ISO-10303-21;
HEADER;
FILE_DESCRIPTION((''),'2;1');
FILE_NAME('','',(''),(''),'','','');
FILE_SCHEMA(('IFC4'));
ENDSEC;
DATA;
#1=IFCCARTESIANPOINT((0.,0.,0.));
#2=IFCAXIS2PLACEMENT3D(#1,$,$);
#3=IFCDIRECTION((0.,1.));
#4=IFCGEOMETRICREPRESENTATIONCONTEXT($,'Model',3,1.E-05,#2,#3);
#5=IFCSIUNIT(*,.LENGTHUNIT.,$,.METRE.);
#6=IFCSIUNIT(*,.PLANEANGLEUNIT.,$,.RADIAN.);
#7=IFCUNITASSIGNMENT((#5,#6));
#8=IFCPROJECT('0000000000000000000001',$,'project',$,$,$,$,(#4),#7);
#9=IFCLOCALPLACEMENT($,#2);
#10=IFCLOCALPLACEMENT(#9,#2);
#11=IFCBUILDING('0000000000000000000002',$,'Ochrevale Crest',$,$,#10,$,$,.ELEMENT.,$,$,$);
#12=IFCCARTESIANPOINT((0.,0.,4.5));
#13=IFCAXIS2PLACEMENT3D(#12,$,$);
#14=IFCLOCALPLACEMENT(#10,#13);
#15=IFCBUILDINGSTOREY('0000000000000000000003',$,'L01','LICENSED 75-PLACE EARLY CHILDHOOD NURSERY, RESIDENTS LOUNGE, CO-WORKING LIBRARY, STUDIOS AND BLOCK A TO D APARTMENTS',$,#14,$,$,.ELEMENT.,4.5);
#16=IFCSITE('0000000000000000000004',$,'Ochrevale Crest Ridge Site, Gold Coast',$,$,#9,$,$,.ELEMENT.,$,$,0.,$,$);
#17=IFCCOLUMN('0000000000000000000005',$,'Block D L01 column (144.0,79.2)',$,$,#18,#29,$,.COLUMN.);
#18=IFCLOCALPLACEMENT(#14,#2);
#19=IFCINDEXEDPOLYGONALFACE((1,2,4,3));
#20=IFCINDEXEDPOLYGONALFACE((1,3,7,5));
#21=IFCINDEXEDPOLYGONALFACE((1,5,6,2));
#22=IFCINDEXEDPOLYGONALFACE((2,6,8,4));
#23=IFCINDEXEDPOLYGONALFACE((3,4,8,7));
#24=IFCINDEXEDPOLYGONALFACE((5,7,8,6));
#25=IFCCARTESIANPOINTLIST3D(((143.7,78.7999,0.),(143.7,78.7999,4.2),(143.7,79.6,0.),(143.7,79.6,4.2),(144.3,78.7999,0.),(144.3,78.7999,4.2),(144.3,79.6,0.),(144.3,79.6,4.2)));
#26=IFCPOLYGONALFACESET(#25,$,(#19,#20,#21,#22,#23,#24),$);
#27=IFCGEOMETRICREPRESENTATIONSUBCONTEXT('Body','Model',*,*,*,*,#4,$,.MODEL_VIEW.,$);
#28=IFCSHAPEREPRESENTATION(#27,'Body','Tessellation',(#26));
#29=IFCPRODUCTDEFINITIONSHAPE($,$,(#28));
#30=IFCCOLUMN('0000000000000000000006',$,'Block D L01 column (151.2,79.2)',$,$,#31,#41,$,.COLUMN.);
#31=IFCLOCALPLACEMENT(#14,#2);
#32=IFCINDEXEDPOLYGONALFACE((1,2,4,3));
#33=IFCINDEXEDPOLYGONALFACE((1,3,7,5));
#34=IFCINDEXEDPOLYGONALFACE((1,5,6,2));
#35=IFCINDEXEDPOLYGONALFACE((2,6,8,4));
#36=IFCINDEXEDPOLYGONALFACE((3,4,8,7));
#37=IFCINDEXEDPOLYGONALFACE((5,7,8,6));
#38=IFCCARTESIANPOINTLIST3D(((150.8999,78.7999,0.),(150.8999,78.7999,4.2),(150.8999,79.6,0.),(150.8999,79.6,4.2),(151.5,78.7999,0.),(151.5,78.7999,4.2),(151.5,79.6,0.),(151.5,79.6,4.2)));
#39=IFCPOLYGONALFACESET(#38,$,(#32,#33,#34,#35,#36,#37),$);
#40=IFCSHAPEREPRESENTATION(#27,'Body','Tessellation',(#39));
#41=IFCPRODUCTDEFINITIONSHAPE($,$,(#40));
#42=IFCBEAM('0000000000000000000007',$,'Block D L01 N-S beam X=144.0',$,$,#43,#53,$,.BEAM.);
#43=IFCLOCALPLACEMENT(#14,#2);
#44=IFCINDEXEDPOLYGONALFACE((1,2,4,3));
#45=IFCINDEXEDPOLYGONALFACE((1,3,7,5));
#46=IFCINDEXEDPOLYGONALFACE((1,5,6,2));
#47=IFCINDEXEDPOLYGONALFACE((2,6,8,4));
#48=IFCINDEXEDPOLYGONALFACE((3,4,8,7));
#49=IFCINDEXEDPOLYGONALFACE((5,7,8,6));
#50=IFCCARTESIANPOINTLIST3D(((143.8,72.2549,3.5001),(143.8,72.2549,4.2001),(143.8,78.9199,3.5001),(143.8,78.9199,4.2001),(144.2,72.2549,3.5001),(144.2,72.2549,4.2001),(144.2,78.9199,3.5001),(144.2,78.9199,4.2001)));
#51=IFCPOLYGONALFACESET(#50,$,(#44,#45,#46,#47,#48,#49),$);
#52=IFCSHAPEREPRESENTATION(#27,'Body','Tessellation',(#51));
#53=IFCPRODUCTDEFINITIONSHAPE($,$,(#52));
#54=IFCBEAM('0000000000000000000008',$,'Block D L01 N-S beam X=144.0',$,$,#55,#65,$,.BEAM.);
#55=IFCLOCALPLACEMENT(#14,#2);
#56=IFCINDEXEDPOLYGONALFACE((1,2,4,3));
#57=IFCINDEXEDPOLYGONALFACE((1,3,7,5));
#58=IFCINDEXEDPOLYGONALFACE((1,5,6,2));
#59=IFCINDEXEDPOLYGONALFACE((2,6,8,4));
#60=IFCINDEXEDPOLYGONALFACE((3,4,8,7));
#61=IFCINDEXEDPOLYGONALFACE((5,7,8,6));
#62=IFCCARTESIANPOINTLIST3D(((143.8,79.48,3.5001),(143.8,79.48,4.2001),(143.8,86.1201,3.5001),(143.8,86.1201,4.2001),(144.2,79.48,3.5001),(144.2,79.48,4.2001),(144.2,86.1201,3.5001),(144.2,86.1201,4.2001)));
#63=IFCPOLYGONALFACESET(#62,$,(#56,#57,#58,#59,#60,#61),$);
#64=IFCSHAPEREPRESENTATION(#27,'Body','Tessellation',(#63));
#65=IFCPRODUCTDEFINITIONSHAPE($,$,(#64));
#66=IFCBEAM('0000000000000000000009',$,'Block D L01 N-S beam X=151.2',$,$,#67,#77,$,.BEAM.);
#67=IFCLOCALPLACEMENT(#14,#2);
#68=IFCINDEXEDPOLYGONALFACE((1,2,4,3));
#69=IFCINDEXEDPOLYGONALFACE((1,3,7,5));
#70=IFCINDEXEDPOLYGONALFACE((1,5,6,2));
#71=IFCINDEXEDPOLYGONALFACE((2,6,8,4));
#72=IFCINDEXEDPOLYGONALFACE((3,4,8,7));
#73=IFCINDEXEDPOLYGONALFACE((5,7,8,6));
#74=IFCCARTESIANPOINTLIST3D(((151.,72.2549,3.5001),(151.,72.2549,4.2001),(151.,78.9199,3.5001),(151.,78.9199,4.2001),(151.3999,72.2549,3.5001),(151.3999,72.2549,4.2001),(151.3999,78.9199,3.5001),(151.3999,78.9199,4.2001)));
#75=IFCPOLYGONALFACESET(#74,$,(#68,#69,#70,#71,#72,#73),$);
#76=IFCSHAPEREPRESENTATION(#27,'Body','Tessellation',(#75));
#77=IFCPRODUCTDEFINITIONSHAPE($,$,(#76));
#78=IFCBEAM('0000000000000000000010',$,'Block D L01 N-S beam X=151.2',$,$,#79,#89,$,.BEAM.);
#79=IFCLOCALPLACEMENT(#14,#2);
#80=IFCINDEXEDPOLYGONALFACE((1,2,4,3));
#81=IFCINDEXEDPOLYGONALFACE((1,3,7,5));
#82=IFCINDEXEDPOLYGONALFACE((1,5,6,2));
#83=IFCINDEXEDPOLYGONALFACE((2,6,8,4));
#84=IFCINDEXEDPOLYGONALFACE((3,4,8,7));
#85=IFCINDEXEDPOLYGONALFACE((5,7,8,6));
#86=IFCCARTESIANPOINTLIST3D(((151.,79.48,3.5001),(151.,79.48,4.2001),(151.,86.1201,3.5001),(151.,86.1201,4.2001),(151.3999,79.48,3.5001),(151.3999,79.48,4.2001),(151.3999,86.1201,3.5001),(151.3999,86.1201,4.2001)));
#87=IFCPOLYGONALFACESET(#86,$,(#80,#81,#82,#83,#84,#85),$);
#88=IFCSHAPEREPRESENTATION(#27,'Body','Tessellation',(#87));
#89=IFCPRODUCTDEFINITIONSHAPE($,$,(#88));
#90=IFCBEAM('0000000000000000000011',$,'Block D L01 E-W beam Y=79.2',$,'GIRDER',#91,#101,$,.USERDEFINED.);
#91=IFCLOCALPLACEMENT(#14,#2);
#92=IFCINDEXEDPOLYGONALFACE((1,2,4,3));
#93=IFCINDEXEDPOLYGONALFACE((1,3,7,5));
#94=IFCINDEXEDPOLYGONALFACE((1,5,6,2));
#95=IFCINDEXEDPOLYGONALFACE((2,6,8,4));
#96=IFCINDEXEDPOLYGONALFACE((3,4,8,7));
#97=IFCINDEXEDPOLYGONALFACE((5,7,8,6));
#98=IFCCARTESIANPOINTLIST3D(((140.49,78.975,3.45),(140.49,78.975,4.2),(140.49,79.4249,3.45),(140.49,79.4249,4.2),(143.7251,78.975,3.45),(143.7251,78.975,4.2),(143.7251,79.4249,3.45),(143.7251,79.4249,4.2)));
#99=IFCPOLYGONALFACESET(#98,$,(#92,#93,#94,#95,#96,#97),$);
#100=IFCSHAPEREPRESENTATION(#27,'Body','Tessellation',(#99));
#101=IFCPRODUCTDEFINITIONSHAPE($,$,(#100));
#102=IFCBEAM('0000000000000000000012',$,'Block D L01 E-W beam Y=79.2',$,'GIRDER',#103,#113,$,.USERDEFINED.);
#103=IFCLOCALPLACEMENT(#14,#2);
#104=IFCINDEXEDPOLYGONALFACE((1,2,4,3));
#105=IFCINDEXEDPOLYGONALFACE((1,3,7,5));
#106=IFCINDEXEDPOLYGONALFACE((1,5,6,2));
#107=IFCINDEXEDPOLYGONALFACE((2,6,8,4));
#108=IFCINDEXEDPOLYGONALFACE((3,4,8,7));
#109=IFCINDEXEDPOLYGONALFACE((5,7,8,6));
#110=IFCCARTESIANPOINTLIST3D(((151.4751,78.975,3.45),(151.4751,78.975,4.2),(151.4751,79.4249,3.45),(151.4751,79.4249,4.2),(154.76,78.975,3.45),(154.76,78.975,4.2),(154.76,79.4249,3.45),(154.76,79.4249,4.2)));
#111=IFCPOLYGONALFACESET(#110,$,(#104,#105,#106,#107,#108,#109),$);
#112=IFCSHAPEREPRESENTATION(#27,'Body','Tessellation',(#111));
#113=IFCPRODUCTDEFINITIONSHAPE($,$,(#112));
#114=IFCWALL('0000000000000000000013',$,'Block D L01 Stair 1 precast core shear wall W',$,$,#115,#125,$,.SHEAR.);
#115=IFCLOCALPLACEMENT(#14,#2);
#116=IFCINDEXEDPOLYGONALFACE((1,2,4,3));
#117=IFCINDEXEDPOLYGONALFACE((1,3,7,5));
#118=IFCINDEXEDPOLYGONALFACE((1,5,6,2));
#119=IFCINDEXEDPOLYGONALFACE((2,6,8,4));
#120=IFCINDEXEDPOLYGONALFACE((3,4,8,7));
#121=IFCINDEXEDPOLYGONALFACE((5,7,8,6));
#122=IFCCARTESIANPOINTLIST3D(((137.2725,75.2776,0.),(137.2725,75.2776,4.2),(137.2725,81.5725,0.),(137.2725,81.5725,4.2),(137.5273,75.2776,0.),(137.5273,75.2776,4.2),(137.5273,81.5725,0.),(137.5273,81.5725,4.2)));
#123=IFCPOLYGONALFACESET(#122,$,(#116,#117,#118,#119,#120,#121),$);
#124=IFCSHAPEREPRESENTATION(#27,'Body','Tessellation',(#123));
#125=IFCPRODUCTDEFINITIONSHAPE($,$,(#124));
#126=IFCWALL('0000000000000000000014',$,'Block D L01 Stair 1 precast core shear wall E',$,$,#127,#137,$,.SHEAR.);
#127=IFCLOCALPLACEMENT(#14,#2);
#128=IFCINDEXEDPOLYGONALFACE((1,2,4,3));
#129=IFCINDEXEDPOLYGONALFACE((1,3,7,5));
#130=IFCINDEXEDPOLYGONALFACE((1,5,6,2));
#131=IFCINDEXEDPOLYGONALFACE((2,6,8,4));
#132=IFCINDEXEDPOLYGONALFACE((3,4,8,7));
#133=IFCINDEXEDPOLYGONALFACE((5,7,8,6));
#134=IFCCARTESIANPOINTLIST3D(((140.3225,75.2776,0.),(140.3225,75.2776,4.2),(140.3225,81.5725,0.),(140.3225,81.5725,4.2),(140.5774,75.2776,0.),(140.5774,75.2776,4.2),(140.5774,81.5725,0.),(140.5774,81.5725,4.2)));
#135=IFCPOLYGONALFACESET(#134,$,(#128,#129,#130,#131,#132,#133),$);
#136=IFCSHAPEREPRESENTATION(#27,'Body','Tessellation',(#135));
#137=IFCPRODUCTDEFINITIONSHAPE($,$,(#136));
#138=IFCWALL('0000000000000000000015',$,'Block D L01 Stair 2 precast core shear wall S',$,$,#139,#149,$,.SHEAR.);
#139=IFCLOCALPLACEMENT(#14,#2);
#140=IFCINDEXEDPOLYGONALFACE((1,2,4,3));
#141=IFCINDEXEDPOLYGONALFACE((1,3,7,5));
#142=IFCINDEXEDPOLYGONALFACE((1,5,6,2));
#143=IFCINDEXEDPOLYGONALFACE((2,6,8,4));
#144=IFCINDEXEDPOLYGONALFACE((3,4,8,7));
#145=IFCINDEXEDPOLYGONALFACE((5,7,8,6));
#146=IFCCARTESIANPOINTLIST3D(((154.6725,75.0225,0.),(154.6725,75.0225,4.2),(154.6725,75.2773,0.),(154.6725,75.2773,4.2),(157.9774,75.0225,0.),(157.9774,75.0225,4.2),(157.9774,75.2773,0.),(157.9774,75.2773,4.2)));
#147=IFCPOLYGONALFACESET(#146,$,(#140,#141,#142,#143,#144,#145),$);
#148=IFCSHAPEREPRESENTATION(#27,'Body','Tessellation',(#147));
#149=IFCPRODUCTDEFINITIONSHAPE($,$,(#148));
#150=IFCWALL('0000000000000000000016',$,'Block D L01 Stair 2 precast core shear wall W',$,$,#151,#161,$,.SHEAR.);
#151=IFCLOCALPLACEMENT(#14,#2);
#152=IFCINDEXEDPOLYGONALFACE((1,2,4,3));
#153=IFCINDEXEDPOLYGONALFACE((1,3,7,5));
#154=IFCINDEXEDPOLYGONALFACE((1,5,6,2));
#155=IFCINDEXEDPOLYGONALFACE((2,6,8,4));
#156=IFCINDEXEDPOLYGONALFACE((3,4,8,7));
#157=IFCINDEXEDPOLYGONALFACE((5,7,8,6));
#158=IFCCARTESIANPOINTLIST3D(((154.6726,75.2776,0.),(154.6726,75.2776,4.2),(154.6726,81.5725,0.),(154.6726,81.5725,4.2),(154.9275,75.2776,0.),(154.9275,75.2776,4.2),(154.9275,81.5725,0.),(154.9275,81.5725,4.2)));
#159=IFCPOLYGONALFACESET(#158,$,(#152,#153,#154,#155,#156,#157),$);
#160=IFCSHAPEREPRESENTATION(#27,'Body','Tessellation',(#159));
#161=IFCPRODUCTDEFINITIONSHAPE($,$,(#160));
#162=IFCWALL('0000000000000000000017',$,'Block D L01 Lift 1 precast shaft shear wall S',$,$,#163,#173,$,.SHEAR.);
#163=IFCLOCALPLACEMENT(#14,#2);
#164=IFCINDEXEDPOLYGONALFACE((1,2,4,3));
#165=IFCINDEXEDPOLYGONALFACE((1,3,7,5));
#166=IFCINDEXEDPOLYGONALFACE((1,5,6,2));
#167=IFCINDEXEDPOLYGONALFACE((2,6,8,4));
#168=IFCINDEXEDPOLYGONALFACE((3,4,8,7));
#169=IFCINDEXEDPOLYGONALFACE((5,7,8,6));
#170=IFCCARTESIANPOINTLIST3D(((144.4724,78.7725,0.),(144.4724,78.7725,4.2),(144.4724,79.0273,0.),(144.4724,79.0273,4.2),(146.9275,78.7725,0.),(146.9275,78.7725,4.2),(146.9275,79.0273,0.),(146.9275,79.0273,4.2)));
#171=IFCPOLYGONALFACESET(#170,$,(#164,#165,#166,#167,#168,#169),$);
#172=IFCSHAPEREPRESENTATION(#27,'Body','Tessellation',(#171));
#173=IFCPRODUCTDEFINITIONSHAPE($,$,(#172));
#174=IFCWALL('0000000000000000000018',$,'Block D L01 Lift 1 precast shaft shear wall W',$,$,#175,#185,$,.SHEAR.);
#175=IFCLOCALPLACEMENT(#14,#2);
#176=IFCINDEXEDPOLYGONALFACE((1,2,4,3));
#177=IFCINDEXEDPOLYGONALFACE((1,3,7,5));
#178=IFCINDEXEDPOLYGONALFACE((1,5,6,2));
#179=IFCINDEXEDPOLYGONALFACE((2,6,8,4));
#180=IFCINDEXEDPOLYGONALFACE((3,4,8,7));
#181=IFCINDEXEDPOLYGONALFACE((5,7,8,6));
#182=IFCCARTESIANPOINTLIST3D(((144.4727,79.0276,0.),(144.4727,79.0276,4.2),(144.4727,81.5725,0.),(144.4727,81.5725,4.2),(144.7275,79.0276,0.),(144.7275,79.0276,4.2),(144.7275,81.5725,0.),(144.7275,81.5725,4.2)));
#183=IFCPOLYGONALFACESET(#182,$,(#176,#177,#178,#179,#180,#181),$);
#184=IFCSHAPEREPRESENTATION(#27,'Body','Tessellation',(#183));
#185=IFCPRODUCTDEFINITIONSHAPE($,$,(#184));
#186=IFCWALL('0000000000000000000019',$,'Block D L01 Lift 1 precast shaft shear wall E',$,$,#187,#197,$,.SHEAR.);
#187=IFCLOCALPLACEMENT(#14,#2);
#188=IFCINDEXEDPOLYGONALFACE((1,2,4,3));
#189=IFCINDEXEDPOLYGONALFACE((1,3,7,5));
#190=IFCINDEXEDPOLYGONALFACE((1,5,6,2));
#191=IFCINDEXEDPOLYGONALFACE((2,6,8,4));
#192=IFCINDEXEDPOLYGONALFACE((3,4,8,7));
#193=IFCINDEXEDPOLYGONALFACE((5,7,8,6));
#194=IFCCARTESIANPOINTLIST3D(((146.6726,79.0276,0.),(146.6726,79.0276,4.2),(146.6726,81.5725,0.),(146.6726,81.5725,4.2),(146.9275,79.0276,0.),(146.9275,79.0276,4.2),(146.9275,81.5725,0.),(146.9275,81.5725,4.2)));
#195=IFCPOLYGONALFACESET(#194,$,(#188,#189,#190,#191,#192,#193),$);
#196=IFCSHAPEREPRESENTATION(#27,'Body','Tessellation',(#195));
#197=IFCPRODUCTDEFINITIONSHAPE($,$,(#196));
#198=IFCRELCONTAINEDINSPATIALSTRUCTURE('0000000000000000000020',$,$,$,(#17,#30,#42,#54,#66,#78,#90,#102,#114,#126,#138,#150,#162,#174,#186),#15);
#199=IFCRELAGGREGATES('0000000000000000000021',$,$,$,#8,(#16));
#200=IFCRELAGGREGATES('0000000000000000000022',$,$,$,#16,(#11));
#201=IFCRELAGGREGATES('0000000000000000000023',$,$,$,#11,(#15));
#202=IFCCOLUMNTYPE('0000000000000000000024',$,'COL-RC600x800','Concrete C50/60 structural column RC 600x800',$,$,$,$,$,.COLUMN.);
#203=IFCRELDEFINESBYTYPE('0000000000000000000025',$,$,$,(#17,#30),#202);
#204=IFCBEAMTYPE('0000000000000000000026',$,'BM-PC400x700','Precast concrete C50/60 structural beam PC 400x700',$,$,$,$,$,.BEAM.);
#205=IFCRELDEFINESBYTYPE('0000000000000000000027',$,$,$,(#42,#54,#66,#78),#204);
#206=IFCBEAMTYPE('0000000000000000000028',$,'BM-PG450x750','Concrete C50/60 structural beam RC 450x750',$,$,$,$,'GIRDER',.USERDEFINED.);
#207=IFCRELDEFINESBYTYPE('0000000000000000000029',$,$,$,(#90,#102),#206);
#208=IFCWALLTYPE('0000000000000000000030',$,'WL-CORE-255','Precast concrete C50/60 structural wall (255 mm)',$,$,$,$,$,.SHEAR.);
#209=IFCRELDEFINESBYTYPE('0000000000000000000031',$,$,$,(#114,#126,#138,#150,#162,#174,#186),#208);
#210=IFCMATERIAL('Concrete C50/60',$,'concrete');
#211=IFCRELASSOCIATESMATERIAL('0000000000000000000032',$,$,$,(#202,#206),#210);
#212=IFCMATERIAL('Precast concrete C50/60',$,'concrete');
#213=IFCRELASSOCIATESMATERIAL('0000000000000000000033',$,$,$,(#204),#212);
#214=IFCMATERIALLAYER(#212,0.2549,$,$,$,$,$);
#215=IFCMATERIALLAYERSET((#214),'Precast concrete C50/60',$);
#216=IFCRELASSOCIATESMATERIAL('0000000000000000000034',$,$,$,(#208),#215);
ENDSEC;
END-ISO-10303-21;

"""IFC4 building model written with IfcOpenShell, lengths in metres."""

from ifc_helpers import new_model, si_unit, direction, frame, frame_2d, origin, origin_2d, place, context, subcontext, project, spatial, rectangle, extrude, material, layer, layer_set, material_profile, profile_set, type_object, element, save


model = new_model("IFC4")

# Units and contexts
model_context = context("Model", 3, precision=1e-05, world=origin(), true_north=direction((0.0, 1.0)))
body_context = subcontext(model_context, "Body", "Model", "MODEL_VIEW")
ifc_project = project(units=[si_unit("LENGTHUNIT", "METRE"), si_unit("PLANEANGLEUNIT", "RADIAN")], contexts=[model_context])

# Site, building, storey
site_placement = place(None, origin())
site = spatial("IfcSite", under=ifc_project, at=site_placement, Name="Ochrevale Crest Ridge Site, Gold Coast", CompositionType="ELEMENT", RefElevation=0.0)
building_placement = place(site_placement, origin())
building = spatial("IfcBuilding", under=site, at=building_placement, Name="Ochrevale Crest", CompositionType="ELEMENT")
storey_placement = place(building_placement, frame((0.0, 0.0, 4.5)))
storey = spatial("IfcBuildingStorey", under=building, at=storey_placement, Name="L01", Description="LICENSED 75-PLACE EARLY CHILDHOOD NURSERY, RESIDENTS LOUNGE, CO-WORKING LIBRARY, STUDIOS AND BLOCK A TO D APARTMENTS", CompositionType="ELEMENT", Elevation=4.5)

# Columns
ifc_material_1 = material(Name="Concrete C50/60", Category="concrete")
ifc_material_profile_1 = material_profile(ifc_material_1, rectangle(XDim=0.6001, YDim=0.8, at=origin_2d()), Name="RC 600x800")
ifc_profile_set_1 = profile_set([ifc_material_profile_1], Name="Concrete C50/60")
column_type = type_object("IfcColumnType", Name="COL-RC600x800", Description="Concrete C50/60 structural column RC 600x800", PredefinedType="COLUMN", material=ifc_profile_set_1)
for number, where, z_axis, x_axis, name in (
    (1, (144.0, 79.2, 0.0), (0.0, 0.0, 1.0), (1.0, 0.0, 0.0), "Block D L01 column (144.0,79.2)"),
    (2, (151.2, 79.2, 0.0), (0.0, 0.0, 1.0), (1.0, 0.0, 0.0), "Block D L01 column (151.2,79.2)"),
):
    element("IfcColumn", number, at=place(storey_placement, frame(where, z_axis=z_axis, x_axis=x_axis)), inside=storey, type_object=column_type, Name=name, PredefinedType="COLUMN", context=body_context, shape_type="SweptSolid", body=[
        extrude(rectangle(XDim=0.6001, YDim=0.8, at=origin_2d()), origin(), (0.0, 0.0, 1.0), 4.2),
    ])

# Beams
ifc_material_2 = material(Name="Precast concrete C50/60", Category="concrete")
ifc_material_profile_2 = material_profile(ifc_material_2, rectangle(XDim=0.3999, YDim=0.7, at=origin_2d()), Name="PC 400x700")
ifc_profile_set_2 = profile_set([ifc_material_profile_2], Name="Precast concrete C50/60")
beam_type_1 = type_object("IfcBeamType", Name="BM-PC400x700", Description="Precast concrete C50/60 structural beam PC 400x700", PredefinedType="BEAM", material=ifc_profile_set_2)
beam_1_placement = place(storey_placement, frame((144.0, 72.2549, 3.8501), z_axis=(0.0, 1.0, 0.0), x_axis=(-1.0, 0.0, 0.0)))
element("IfcBeam", 3, at=beam_1_placement, inside=storey, type_object=beam_type_1, Name="Block D L01 N-S beam X=144.0", PredefinedType="BEAM", context=body_context, shape_type="SweptSolid", body=[
    extrude(rectangle(XDim=0.3999, YDim=0.7, at=origin_2d()), origin(), (0.0, 0.0, 1.0), 6.665),
])
beam_2_placement = place(storey_placement, frame((144.0, 79.48, 3.8501), z_axis=(0.0, 1.0, 0.0), x_axis=(-1.0, 0.0, 0.0)))
element("IfcBeam", 4, at=beam_2_placement, inside=storey, type_object=beam_type_1, Name="Block D L01 N-S beam X=144.0", PredefinedType="BEAM", context=body_context, shape_type="SweptSolid", body=[
    extrude(rectangle(XDim=0.3999, YDim=0.7, at=origin_2d()), origin(), (0.0, 0.0, 1.0), 6.6401),
])
beam_3_placement = place(storey_placement, frame((151.2, 72.2549, 3.8501), z_axis=(0.0, 1.0, 0.0), x_axis=(-1.0, 0.0, 0.0)))
element("IfcBeam", 5, at=beam_3_placement, inside=storey, type_object=beam_type_1, Name="Block D L01 N-S beam X=151.2", PredefinedType="BEAM", context=body_context, shape_type="SweptSolid", body=[
    extrude(rectangle(XDim=0.3999, YDim=0.7, at=origin_2d()), origin(), (0.0, 0.0, 1.0), 6.665),
])
beam_4_placement = place(storey_placement, frame((151.2, 79.48, 3.8501), z_axis=(0.0, 1.0, 0.0), x_axis=(-1.0, 0.0, 0.0)))
element("IfcBeam", 6, at=beam_4_placement, inside=storey, type_object=beam_type_1, Name="Block D L01 N-S beam X=151.2", PredefinedType="BEAM", context=body_context, shape_type="SweptSolid", body=[
    extrude(rectangle(XDim=0.3999, YDim=0.7, at=origin_2d()), origin(), (0.0, 0.0, 1.0), 6.6401),
])
ifc_material_profile_3 = material_profile(ifc_material_1, rectangle(XDim=0.45, YDim=0.75, at=origin_2d()), Name="RC 450x750")
ifc_profile_set_3 = profile_set([ifc_material_profile_3], Name="Concrete C50/60")
beam_type_2 = type_object("IfcBeamType", Name="BM-PG450x750", Description="Concrete C50/60 structural beam RC 450x750", ElementType="GIRDER", PredefinedType="USERDEFINED", material=ifc_profile_set_3)
beam_5_placement = place(storey_placement, frame((140.49, 79.2, 3.825), z_axis=(1.0, 0.0, 0.0), x_axis=(0.0, 1.0, 0.0)))
element("IfcBeam", 7, at=beam_5_placement, inside=storey, type_object=beam_type_2, Name="Block D L01 E-W beam Y=79.2", ObjectType="GIRDER", PredefinedType="USERDEFINED", context=body_context, shape_type="SweptSolid", body=[
    extrude(rectangle(XDim=0.45, YDim=0.75, at=origin_2d()), origin(), (0.0, 0.0, 1.0), 3.2351),
])
beam_6_placement = place(storey_placement, frame((151.4751, 79.2, 3.825), z_axis=(1.0, 0.0, 0.0), x_axis=(0.0, 1.0, 0.0)))
element("IfcBeam", 8, at=beam_6_placement, inside=storey, type_object=beam_type_2, Name="Block D L01 E-W beam Y=79.2", ObjectType="GIRDER", PredefinedType="USERDEFINED", context=body_context, shape_type="SweptSolid", body=[
    extrude(rectangle(XDim=0.45, YDim=0.75, at=origin_2d()), origin(), (0.0, 0.0, 1.0), 3.2849),
])

# Walls
ifc_layer_1 = layer(ifc_material_2, 0.2549)
ifc_layer_set_1 = layer_set([ifc_layer_1], Name="Precast concrete C50/60")
wall_type_1 = type_object("IfcWallType", Name="WL-CORE-255", Description="Precast concrete C50/60 structural wall (255 mm)", PredefinedType="SHEAR", material=ifc_layer_set_1)
for number, where, z_axis, x_axis, name in (
    (9, (137.3999, 75.2776, 0.0), (0.0, 0.0, 1.0), (0.0, 1.0, 0.0), "Block D L01 Stair 1 precast core shear wall W"),
    (10, (140.45, 75.2776, 0.0), (0.0, 0.0, 1.0), (0.0, 1.0, 0.0), "Block D L01 Stair 1 precast core shear wall E"),
):
    element("IfcWall", number, at=place(storey_placement, frame(where, z_axis=z_axis, x_axis=x_axis)), inside=storey, type_object=wall_type_1, Name=name, PredefinedType="SHEAR", context=body_context, shape_type="SweptSolid", body=[
        extrude(rectangle(XDim=6.2949, YDim=0.2549, at=frame_2d((3.1475, 0.0))), origin(), (0.0, 0.0, 1.0), 4.2),
    ])
wall_1_placement = place(storey_placement, frame((154.6726, 75.1499, 0.0), z_axis=(0.0, 0.0, 1.0), x_axis=(1.0, 0.0, 0.0)))
element("IfcWall", 11, at=wall_1_placement, inside=storey, type_object=wall_type_1, Name="Block D L01 Stair 2 precast core shear wall S", PredefinedType="SHEAR", context=body_context, shape_type="SweptSolid", body=[
    extrude(rectangle(XDim=3.3049, YDim=0.2549, at=frame_2d((1.6523, 0.0))), origin(), (0.0, 0.0, 1.0), 4.2),
])
wall_2_placement = place(storey_placement, frame((154.8, 75.2776, 0.0), z_axis=(0.0, 0.0, 1.0), x_axis=(0.0, 1.0, 0.0)))
element("IfcWall", 12, at=wall_2_placement, inside=storey, type_object=wall_type_1, Name="Block D L01 Stair 2 precast core shear wall W", PredefinedType="SHEAR", context=body_context, shape_type="SweptSolid", body=[
    extrude(rectangle(XDim=6.2949, YDim=0.2549, at=frame_2d((3.1475, 0.0))), origin(), (0.0, 0.0, 1.0), 4.2),
])
wall_3_placement = place(storey_placement, frame((144.4724, 78.8999, 0.0), z_axis=(0.0, 0.0, 1.0), x_axis=(1.0, 0.0, 0.0)))
element("IfcWall", 13, at=wall_3_placement, inside=storey, type_object=wall_type_1, Name="Block D L01 Lift 1 precast shaft shear wall S", PredefinedType="SHEAR", context=body_context, shape_type="SweptSolid", body=[
    extrude(rectangle(XDim=2.4551, YDim=0.2549, at=frame_2d((1.2275, 0.0))), origin(), (0.0, 0.0, 1.0), 4.2),
])
for number, where, z_axis, x_axis, name in (
    (14, (144.6001, 79.0276, 0.0), (0.0, 0.0, 1.0), (0.0, 1.0, 0.0), "Block D L01 Lift 1 precast shaft shear wall W"),
    (15, (146.8, 79.0276, 0.0), (0.0, 0.0, 1.0), (0.0, 1.0, 0.0), "Block D L01 Lift 1 precast shaft shear wall E"),
):
    element("IfcWall", number, at=place(storey_placement, frame(where, z_axis=z_axis, x_axis=x_axis)), inside=storey, type_object=wall_type_1, Name=name, PredefinedType="SHEAR", context=body_context, shape_type="SweptSolid", body=[
        extrude(rectangle(XDim=2.5449, YDim=0.2549, at=frame_2d((1.2725, 0.0))), origin(), (0.0, 0.0, 1.0), 4.2),
    ])

save(model, "model.ifc")
